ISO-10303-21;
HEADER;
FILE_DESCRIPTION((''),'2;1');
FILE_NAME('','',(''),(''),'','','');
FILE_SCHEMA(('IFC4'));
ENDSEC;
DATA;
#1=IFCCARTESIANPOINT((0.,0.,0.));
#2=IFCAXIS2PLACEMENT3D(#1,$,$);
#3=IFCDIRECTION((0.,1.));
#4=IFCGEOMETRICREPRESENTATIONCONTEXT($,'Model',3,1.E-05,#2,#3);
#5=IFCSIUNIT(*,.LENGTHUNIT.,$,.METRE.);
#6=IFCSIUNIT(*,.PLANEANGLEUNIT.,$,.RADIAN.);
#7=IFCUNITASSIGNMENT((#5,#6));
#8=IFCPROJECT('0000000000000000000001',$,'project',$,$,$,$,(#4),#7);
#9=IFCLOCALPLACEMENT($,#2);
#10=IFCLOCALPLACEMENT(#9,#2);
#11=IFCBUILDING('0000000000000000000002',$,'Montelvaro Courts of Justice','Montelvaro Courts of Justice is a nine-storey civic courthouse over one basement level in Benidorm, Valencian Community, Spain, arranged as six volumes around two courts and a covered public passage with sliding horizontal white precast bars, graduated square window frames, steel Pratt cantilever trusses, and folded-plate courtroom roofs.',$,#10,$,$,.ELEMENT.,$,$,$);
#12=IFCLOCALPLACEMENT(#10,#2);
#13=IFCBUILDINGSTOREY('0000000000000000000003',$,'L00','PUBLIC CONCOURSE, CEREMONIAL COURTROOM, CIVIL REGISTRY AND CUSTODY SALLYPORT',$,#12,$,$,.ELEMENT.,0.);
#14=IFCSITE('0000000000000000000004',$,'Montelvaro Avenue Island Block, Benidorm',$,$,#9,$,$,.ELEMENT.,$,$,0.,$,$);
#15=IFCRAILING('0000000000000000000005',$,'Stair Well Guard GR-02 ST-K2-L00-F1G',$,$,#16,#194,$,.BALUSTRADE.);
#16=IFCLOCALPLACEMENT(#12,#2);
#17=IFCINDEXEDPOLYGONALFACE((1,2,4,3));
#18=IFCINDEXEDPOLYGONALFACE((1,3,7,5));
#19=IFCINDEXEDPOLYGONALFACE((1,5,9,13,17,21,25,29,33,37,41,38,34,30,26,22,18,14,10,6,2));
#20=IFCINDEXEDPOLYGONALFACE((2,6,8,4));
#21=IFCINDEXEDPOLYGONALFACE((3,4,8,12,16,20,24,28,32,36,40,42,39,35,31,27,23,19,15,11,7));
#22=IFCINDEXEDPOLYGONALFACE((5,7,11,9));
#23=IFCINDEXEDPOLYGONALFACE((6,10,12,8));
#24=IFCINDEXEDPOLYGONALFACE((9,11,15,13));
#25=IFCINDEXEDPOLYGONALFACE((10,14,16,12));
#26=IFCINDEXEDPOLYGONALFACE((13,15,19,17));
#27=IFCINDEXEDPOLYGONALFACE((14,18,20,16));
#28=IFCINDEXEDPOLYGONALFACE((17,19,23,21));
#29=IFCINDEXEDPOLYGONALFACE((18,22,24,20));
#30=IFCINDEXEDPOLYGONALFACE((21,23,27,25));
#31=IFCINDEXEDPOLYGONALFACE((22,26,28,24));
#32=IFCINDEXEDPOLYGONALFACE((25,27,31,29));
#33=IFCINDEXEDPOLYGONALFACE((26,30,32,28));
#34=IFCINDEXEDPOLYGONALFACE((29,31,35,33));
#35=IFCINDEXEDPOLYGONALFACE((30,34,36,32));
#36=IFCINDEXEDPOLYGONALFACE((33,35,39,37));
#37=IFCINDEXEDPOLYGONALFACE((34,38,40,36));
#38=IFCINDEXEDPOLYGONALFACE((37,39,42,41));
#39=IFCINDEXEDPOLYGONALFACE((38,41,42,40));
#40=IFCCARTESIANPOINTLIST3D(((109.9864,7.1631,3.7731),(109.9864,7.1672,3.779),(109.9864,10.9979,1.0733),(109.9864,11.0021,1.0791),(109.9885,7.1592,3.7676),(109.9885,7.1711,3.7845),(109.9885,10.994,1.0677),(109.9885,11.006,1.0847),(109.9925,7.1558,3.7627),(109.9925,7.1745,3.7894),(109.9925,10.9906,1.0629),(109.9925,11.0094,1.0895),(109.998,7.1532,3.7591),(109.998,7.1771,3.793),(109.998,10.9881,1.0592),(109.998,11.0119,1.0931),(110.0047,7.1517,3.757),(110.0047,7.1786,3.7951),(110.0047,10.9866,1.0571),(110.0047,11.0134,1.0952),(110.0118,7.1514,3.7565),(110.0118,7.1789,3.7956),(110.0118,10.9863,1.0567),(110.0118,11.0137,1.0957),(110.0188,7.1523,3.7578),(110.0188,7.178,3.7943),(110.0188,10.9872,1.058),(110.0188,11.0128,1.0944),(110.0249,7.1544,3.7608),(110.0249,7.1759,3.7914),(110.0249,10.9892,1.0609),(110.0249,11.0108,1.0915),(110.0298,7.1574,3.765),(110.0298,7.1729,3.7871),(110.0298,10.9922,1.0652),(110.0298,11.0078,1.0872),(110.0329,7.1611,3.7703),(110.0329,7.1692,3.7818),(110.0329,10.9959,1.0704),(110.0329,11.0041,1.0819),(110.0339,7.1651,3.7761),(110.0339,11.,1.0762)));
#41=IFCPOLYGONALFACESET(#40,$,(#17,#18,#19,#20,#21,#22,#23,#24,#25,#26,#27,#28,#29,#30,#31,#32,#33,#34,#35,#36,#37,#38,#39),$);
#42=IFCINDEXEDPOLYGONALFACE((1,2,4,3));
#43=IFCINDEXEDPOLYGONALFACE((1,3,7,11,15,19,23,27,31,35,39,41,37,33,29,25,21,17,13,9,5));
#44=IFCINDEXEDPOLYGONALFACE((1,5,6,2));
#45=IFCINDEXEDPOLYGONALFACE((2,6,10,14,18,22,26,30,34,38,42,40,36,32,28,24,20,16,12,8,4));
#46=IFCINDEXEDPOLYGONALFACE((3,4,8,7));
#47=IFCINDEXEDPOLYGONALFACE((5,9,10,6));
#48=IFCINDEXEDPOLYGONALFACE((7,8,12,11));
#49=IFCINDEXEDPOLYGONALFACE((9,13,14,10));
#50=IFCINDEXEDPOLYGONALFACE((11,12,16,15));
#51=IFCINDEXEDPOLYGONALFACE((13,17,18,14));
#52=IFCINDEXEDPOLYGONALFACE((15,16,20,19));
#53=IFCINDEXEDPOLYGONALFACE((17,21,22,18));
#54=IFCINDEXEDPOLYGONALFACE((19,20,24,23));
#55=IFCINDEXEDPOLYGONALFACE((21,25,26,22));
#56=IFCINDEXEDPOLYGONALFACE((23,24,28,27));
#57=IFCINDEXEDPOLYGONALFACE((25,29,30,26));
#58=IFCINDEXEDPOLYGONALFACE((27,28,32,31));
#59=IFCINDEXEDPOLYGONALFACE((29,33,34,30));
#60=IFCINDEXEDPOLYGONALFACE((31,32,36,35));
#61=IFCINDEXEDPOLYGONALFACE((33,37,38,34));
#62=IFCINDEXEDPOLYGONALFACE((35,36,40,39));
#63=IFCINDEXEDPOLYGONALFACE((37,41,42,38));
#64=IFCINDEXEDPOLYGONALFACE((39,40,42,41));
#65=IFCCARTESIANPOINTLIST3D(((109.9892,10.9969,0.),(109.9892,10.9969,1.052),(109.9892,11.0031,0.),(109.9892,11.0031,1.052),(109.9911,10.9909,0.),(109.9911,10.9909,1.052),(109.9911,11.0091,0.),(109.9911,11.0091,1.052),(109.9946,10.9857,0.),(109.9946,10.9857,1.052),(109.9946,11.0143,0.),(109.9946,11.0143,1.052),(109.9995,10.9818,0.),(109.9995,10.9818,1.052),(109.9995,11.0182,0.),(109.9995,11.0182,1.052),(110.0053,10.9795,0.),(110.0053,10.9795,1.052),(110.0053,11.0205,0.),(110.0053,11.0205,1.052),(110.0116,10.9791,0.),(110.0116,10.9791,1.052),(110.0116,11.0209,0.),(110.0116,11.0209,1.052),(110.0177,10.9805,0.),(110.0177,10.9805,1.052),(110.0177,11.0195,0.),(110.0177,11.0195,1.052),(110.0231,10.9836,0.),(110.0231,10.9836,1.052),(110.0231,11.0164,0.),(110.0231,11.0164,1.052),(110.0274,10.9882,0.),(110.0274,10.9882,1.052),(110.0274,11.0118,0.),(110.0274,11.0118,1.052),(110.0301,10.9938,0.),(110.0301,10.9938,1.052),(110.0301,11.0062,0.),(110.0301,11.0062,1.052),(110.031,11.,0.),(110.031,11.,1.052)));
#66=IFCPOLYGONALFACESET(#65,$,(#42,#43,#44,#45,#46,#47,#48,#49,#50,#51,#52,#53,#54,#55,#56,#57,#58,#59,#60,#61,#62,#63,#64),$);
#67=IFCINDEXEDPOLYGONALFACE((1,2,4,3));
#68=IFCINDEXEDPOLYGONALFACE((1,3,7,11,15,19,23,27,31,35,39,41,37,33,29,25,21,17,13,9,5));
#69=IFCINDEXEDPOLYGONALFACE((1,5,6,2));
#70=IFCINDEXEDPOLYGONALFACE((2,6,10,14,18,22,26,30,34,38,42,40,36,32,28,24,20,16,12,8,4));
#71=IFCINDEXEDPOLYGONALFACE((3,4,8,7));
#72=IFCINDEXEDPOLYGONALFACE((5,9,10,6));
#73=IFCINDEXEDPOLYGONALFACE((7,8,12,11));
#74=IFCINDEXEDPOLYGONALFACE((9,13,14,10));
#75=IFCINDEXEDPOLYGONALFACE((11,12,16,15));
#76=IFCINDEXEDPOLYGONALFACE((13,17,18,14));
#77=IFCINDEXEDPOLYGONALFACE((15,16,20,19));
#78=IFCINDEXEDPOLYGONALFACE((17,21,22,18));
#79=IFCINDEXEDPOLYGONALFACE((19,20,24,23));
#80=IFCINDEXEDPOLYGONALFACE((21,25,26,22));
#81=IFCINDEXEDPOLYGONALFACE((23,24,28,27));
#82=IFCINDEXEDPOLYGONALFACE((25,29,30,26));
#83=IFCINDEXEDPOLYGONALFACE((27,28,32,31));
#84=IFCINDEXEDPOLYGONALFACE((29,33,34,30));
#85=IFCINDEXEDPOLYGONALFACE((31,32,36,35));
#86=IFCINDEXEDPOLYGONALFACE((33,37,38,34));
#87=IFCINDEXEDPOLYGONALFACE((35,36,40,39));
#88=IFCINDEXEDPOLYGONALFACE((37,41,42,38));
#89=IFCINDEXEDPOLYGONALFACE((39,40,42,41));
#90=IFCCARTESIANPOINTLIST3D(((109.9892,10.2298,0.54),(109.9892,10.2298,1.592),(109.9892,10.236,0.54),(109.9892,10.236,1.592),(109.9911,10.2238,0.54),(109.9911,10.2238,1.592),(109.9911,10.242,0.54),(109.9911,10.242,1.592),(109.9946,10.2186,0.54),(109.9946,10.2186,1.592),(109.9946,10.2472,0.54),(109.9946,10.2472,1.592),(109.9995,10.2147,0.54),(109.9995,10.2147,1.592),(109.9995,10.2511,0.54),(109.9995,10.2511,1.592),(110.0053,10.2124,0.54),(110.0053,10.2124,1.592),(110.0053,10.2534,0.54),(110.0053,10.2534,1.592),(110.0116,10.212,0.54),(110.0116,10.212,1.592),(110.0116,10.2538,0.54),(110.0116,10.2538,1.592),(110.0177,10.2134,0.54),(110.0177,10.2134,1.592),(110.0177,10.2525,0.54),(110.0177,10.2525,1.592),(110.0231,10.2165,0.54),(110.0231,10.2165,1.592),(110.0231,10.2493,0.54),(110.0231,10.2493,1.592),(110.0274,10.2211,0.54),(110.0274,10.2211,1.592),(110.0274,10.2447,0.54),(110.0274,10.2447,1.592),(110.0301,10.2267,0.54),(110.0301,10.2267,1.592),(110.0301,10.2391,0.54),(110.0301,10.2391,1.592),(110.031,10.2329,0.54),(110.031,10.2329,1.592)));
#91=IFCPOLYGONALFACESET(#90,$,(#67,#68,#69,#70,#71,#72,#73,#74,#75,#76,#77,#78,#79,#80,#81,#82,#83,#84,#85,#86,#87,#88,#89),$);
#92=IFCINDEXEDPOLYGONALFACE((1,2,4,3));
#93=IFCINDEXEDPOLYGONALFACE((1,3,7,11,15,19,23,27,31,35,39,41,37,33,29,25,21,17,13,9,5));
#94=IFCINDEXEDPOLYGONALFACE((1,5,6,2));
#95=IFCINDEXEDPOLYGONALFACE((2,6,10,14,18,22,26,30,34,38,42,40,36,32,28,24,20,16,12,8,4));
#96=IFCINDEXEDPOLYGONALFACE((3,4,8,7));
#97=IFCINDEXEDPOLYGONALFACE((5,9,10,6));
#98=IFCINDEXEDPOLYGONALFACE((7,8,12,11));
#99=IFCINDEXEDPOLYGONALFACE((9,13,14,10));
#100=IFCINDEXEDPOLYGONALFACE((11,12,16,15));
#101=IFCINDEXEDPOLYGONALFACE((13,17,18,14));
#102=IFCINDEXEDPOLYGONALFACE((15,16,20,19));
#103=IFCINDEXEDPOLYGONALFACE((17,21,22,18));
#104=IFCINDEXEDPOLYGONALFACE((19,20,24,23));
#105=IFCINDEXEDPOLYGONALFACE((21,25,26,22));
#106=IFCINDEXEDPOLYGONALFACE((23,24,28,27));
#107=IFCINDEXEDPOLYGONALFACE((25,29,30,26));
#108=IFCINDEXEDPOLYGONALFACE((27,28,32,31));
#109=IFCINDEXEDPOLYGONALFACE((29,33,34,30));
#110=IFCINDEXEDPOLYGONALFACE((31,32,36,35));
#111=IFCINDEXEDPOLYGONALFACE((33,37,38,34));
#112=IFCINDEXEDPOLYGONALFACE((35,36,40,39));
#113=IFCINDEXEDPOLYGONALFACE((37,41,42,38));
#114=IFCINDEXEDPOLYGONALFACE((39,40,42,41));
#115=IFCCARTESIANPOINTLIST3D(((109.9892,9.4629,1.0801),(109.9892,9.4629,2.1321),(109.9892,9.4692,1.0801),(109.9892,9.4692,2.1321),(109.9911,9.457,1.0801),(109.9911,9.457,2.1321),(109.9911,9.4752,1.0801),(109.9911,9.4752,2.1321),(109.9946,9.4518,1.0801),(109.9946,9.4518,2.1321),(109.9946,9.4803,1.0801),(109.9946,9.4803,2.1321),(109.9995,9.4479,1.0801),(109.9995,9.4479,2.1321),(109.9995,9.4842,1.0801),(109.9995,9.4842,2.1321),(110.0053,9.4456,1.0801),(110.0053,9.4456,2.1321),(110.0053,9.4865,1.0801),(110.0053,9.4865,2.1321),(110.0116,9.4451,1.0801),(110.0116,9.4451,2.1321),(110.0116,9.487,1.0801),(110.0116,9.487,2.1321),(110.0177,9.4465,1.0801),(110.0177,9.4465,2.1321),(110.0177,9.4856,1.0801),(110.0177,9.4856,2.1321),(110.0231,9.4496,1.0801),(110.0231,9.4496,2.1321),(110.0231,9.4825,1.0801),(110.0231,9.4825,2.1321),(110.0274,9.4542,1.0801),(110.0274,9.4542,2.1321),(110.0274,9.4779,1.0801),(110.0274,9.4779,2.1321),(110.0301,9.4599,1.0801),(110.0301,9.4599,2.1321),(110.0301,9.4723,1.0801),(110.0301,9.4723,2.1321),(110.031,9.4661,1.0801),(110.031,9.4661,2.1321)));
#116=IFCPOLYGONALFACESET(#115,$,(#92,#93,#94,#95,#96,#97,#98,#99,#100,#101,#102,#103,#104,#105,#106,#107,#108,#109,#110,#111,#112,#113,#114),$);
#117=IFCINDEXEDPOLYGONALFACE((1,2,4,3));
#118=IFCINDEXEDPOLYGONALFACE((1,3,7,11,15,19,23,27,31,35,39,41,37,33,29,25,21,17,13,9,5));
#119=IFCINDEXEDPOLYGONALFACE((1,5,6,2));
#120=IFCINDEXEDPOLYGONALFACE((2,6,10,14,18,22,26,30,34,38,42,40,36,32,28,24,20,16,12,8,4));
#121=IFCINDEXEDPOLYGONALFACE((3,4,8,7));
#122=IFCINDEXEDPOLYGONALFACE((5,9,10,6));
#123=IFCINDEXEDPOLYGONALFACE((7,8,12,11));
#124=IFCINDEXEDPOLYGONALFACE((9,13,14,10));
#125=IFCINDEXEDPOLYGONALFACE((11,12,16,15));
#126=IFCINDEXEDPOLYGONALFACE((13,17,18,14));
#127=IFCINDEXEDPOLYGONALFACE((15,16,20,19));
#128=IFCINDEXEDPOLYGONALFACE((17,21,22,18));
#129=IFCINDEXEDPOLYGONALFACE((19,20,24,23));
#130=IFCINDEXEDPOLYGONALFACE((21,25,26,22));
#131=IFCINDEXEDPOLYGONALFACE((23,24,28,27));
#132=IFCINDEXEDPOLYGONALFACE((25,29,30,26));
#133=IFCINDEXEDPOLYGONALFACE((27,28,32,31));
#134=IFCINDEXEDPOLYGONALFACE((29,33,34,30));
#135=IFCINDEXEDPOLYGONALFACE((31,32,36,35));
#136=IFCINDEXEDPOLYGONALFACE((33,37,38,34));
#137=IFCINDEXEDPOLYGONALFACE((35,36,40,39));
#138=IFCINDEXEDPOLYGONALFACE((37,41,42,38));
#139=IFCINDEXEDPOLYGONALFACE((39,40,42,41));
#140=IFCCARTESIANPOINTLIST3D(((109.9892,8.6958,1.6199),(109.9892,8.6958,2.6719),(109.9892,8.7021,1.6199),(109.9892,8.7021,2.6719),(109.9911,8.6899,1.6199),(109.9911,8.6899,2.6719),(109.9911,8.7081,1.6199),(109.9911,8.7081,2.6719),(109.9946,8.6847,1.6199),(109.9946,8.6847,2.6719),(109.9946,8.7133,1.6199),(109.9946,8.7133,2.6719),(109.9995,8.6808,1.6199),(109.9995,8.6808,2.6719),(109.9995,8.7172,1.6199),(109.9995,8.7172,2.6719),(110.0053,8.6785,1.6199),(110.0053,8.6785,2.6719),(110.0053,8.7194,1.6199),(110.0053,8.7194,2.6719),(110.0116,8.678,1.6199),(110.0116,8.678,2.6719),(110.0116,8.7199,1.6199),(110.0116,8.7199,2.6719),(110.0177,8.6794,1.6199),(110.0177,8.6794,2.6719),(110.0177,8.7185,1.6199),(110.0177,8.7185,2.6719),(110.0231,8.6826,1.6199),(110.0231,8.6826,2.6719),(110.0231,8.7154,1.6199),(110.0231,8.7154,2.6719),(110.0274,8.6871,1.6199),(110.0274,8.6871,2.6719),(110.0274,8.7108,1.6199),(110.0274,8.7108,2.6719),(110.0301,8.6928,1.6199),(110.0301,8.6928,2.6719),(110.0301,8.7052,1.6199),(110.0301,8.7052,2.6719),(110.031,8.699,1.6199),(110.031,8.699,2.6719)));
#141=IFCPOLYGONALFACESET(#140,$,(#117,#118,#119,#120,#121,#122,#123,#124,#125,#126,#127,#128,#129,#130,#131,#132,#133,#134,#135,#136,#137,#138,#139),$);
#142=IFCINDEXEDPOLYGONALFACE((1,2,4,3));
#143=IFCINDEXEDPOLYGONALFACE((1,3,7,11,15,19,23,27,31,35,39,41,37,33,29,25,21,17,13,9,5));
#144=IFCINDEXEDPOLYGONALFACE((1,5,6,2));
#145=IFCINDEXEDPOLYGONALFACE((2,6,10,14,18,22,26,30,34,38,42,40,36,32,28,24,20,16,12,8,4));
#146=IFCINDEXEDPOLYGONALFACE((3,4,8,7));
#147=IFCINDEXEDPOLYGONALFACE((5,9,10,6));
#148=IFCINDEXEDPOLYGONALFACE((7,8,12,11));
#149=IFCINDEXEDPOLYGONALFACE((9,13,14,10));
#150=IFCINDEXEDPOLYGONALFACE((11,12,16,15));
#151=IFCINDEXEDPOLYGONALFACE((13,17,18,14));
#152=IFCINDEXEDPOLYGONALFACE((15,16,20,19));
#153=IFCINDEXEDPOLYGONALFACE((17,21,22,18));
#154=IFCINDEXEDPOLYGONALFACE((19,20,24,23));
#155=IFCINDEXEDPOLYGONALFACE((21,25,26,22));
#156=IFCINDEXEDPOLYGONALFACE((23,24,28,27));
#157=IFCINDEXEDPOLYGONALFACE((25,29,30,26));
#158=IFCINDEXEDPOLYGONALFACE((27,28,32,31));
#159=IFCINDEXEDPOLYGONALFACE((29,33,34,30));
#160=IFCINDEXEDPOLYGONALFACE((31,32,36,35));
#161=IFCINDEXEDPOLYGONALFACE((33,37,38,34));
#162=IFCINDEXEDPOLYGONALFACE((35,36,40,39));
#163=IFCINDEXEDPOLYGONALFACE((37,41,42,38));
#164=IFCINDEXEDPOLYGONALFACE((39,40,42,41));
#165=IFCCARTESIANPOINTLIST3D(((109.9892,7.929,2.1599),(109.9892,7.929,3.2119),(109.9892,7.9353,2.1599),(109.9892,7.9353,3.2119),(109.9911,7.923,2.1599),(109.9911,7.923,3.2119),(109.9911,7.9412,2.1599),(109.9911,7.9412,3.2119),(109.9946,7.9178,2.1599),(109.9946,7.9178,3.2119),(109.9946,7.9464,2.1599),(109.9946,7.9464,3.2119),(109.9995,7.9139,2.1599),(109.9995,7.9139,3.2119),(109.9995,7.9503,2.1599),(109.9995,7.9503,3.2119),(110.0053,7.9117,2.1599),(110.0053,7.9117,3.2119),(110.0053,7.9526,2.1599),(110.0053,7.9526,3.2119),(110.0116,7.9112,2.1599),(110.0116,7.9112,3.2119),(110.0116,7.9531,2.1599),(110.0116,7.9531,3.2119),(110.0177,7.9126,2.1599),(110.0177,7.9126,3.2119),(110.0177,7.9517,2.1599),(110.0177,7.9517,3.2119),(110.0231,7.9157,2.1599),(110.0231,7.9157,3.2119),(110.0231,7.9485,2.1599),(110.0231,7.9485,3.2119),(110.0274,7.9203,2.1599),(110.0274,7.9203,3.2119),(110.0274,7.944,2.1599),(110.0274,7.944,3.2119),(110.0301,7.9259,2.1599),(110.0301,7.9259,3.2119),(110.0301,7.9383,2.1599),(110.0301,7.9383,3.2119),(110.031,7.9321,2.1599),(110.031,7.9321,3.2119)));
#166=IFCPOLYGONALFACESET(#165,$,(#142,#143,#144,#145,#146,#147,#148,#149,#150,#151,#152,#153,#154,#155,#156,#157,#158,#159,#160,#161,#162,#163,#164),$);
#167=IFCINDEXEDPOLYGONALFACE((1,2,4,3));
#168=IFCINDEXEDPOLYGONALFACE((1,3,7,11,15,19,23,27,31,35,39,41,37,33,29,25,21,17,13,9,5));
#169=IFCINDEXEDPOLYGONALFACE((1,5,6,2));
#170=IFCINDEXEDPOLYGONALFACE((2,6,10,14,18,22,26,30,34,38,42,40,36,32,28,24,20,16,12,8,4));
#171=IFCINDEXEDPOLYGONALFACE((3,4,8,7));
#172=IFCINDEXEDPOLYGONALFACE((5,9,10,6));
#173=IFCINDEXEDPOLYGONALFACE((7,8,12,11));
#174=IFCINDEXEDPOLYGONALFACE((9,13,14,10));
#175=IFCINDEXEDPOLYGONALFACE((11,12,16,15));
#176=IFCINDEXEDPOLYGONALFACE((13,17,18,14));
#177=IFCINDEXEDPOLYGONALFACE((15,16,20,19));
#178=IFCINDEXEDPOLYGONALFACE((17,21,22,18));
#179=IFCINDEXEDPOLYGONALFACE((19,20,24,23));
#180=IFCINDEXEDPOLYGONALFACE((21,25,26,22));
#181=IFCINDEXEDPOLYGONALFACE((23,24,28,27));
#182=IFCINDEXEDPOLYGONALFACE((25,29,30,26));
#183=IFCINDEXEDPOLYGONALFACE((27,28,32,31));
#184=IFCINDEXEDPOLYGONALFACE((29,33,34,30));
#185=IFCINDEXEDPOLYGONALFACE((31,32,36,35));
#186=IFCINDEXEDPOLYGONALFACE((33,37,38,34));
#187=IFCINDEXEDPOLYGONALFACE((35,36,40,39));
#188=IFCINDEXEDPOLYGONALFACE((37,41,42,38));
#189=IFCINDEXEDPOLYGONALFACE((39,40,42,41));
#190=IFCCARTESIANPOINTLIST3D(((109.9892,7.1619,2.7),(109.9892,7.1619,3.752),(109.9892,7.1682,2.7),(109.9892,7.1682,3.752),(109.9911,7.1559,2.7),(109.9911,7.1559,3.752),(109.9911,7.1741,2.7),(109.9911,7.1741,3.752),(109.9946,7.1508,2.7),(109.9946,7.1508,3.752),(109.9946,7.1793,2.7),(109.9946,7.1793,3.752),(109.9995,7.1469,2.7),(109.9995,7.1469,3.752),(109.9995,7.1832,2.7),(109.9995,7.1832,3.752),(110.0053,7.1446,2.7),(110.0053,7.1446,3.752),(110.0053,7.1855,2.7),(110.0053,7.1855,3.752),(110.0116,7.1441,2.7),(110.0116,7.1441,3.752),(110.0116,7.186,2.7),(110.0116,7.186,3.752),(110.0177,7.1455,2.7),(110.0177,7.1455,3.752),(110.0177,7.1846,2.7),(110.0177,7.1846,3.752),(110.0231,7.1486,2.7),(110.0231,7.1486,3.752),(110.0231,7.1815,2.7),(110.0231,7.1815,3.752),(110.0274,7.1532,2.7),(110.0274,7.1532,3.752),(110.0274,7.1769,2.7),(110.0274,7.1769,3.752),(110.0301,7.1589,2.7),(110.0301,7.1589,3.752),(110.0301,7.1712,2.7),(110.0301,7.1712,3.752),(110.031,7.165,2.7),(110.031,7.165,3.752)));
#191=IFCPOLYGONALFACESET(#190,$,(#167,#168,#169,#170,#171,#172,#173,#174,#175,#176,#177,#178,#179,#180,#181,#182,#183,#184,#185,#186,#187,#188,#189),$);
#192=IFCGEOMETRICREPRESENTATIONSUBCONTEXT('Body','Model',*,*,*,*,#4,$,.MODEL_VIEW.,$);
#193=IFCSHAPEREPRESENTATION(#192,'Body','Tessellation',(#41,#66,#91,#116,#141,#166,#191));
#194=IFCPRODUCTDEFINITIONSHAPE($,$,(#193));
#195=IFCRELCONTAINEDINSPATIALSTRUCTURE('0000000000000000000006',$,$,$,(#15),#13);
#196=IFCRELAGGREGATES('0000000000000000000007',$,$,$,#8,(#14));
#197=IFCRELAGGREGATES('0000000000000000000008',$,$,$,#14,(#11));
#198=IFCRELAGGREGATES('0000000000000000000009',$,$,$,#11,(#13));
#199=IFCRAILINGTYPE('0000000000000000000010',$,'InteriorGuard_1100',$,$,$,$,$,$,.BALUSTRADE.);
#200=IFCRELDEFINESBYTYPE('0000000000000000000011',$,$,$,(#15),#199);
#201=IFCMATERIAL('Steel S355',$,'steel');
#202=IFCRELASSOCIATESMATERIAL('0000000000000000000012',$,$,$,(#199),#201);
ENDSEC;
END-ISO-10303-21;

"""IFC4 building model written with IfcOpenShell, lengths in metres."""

from ifc_helpers import new_model, si_unit, direction, frame, origin, origin_2d, place, context, subcontext, project, spatial, circle, extrude, material, type_object, element, save


model = new_model("IFC4")

# Units and contexts
model_context = context("Model", 3, precision=1e-05, world=origin(), true_north=direction((0.0, 1.0)))
body_context = subcontext(model_context, "Body", "Model", "MODEL_VIEW")
ifc_project = project(units=[si_unit("LENGTHUNIT", "METRE"), si_unit("PLANEANGLEUNIT", "RADIAN")], contexts=[model_context])

# Site, building, storey
site_placement = place(None, origin())
site = spatial("IfcSite", under=ifc_project, at=site_placement, Name="Montelvaro Avenue Island Block, Benidorm", CompositionType="ELEMENT", RefElevation=0.0)
building_placement = place(site_placement, origin())
building = spatial("IfcBuilding", under=site, at=building_placement, Name="Montelvaro Courts of Justice", Description="Montelvaro Courts of Justice is a nine-storey civic courthouse over one basement level in Benidorm, Valencian Community, Spain, arranged as six volumes around two courts and a covered public passage with sliding horizontal white precast bars, graduated square window frames, steel Pratt cantilever trusses, and folded-plate courtroom roofs.", CompositionType="ELEMENT")
storey_placement = place(building_placement, origin())
storey = spatial("IfcBuildingStorey", under=building, at=storey_placement, Name="L00", Description="PUBLIC CONCOURSE, CEREMONIAL COURTROOM, CIVIL REGISTRY AND CUSTODY SALLYPORT", CompositionType="ELEMENT", Elevation=0.0)

# Shared definitions
ifc_material_1 = material(Name="Steel S355", Category="steel")

# Railing
railing_type_1 = type_object("IfcRailingType", Name="InteriorGuard_1100", PredefinedType="BALUSTRADE", material=ifc_material_1)
railing_1_placement = place(storey_placement, frame((110.01, 11.0, 0.0)))
element("IfcRailing", 1, at=railing_1_placement, inside=storey, type_object=railing_type_1, Name="Stair Well Guard GR-02 ST-K2-L00-F1G", PredefinedType="BALUSTRADE", context=body_context, shape_type="SweptSolid", body=[
    extrude(circle(Radius=0.0239, at=origin_2d()), frame((0.0, 0.0, 1.0762), z_axis=(0.0, -0.817678, 0.575675), x_axis=(1.0, 0.0, 0.0)), (0.0, 0.0, 1.0), 4.6899),
    extrude(circle(Radius=0.021, at=origin_2d()), origin(), (0.0, 0.0, 1.0), 1.052),
    extrude(circle(Radius=0.021, at=origin_2d()), frame((0.0, -0.7671, 0.54)), (0.0, 0.0, 1.0), 1.052),
    extrude(circle(Radius=0.021, at=origin_2d()), frame((0.0, -1.5339, 1.0801)), (0.0, 0.0, 1.0), 1.052),
    extrude(circle(Radius=0.021, at=origin_2d()), frame((0.0, -2.301, 1.6199)), (0.0, 0.0, 1.0), 1.052),
    extrude(circle(Radius=0.021, at=origin_2d()), frame((0.0, -3.0679, 2.1599)), (0.0, 0.0, 1.0), 1.052),
    extrude(circle(Radius=0.021, at=origin_2d()), frame((0.0, -3.835, 2.7)), (0.0, 0.0, 1.0), 1.052),
])

save(model, "model.ifc")
